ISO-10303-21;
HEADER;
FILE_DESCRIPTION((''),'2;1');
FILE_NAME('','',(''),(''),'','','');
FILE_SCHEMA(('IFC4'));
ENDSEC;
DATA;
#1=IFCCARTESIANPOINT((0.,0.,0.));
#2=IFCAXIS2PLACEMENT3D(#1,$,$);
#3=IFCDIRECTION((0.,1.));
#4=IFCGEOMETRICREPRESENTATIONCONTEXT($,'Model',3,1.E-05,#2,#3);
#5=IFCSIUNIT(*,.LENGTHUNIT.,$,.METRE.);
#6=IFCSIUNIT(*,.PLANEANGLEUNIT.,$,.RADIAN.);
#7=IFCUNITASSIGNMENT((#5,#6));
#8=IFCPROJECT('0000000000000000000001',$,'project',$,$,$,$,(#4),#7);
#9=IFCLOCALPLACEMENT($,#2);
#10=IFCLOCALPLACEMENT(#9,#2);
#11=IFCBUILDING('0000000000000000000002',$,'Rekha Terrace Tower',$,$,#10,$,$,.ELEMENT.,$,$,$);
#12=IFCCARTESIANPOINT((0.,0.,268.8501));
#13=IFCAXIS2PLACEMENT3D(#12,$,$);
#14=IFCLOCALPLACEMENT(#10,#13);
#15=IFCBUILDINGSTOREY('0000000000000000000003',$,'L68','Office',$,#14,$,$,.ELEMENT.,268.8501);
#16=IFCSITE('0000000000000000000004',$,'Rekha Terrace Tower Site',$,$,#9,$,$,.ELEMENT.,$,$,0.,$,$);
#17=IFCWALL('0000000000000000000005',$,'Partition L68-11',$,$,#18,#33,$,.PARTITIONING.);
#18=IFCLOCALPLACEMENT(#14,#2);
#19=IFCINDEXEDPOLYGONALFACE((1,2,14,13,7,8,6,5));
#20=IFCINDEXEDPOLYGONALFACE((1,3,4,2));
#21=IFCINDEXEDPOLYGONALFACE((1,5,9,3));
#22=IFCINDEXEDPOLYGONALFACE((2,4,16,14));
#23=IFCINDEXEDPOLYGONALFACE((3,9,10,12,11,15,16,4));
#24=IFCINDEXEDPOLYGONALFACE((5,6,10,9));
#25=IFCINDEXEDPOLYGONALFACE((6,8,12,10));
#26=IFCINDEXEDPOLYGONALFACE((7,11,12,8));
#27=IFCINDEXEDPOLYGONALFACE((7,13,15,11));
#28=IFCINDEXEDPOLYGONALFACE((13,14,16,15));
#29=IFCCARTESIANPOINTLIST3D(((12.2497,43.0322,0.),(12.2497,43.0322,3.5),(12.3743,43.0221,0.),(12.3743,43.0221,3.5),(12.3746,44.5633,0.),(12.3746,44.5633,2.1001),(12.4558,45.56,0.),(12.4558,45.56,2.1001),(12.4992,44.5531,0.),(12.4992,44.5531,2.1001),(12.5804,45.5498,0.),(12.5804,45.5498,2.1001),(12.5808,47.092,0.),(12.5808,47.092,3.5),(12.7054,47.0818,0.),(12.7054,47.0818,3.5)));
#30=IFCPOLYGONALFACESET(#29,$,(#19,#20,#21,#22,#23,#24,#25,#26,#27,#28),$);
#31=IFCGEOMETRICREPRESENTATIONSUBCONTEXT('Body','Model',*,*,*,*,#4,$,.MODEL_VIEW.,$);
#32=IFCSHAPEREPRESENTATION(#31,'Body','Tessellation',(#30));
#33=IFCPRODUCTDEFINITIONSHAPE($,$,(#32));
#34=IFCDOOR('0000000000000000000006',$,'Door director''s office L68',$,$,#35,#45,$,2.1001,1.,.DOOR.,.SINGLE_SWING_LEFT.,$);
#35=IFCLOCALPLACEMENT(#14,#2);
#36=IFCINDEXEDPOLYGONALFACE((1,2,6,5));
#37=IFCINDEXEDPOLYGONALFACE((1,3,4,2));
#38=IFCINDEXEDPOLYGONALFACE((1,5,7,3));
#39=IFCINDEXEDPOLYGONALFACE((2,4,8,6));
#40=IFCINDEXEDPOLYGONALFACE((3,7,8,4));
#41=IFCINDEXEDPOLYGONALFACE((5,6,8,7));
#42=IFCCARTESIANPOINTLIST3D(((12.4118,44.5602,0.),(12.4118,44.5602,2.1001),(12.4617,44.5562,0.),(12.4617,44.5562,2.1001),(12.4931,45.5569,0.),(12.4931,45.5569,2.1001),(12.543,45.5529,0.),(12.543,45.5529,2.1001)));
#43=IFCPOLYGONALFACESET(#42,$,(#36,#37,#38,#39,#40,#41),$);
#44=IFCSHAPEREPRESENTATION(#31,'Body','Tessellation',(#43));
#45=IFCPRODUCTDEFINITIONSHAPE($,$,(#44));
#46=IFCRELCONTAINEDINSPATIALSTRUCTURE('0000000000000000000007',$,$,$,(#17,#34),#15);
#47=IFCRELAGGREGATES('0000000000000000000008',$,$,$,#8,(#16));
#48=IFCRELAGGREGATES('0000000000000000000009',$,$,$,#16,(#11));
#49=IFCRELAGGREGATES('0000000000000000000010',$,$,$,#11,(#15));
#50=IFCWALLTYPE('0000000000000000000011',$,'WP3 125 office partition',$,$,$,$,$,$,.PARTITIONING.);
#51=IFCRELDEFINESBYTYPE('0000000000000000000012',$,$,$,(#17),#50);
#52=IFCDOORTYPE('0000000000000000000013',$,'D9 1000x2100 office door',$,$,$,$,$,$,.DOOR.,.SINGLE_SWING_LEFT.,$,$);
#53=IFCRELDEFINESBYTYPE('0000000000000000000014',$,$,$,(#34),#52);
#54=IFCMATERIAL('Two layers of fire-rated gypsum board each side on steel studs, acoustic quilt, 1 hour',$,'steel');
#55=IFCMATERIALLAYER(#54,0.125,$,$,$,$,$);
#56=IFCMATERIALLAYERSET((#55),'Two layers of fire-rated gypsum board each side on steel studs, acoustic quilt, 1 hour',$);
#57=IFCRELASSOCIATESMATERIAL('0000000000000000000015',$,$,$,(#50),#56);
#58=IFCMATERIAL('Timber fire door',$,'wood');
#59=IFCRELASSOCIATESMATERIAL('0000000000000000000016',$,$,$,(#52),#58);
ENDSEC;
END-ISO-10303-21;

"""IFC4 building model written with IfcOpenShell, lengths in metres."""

from ifc_helpers import new_model, si_unit, direction, frame, frame_2d, origin, place, context, subcontext, project, spatial, rectangle, extrude, material, layer, layer_set, type_object, element, fill, save


model = new_model("IFC4")

# Units and contexts
model_context = context("Model", 3, precision=1e-05, world=origin(), true_north=direction((0.0, 1.0)))
body_context = subcontext(model_context, "Body", "Model", "MODEL_VIEW")
ifc_project = project(units=[si_unit("LENGTHUNIT", "METRE"), si_unit("PLANEANGLEUNIT", "RADIAN")], contexts=[model_context])

# Site, building, storey
site_placement = place(None, origin())
site = spatial("IfcSite", under=ifc_project, at=site_placement, Name="Rekha Terrace Tower Site", CompositionType="ELEMENT", RefElevation=0.0)
building_placement = place(site_placement, origin())
building = spatial("IfcBuilding", under=site, at=building_placement, Name="Rekha Terrace Tower", CompositionType="ELEMENT")
storey_placement = place(building_placement, frame((0.0, 0.0, 268.8501)))
storey = spatial("IfcBuildingStorey", under=building, at=storey_placement, Name="L68", Description="Office", CompositionType="ELEMENT", Elevation=268.8501)

# Shared definitions
ifc_material_1 = material(Name="Two layers of fire-rated gypsum board each side on steel studs, acoustic quilt, 1 hour", Category="steel")
ifc_layer_1 = layer(ifc_material_1, 0.125)
ifc_layer_set_1 = layer_set([ifc_layer_1], Name="Two layers of fire-rated gypsum board each side on steel studs, acoustic quilt, 1 hour")
wall_type = type_object("IfcWallType", Name="WP3 125 office partition", PredefinedType="PARTITIONING", material=ifc_layer_set_1)

# Wall, opening, door
wall_1_placement = place(storey_placement, frame((12.6431, 47.0869, 0.0), z_axis=(0.0, 0.0, 1.0), x_axis=(-0.081275, -0.996692, 0.0)))
wall_1 = element("IfcWall", 1, at=wall_1_placement, inside=storey, type_object=wall_type, Name="Partition L68-11", PredefinedType="PARTITIONING", context=body_context, shape_type="SweptSolid", body=[
    extrude(rectangle(XDim=4.0732, YDim=0.125, at=frame_2d((2.0366, 0.0))), origin(), (0.0, 0.0, 1.0), 3.5),
])
opening_placement = place(wall_1_placement, frame((1.5371, 0.0, 0.0)))
opening = element("IfcOpeningElement", 2, at=opening_placement, cuts=wall_1, PredefinedType="OPENING", context=body_context, shape_type="SweptSolid", body=[
    extrude(rectangle(XDim=1.0, YDim=2.1001, at=frame_2d((0.5, 1.05))), frame((0.0, 0.0725, 0.0), z_axis=(0.0, -1.0, 0.0), x_axis=(1.0, 0.0, 0.0)), (0.0, 0.0, 1.0), 0.145),
])
ifc_material_2 = material(Name="Timber fire door", Category="wood")
door_type = type_object("IfcDoorType", Name="D9 1000x2100 office door", OperationType="SINGLE_SWING_LEFT", PredefinedType="DOOR", material=ifc_material_2)
door_placement = place(opening_placement, origin())
door = element("IfcDoor", 3, at=door_placement, inside=storey, type_object=door_type, Name="Door director's office L68", OperationType="SINGLE_SWING_LEFT", OverallHeight=2.1001, OverallWidth=1.0, PredefinedType="DOOR", context=body_context, shape_type="SweptSolid", body=[
    extrude(rectangle(XDim=1.0, YDim=2.1001, at=frame_2d((0.5, 1.05))), frame((0.0, 0.0249, 0.0), z_axis=(0.0, -1.0, 0.0), x_axis=(1.0, 0.0, 0.0)), (0.0, 0.0, 1.0), 0.05),
])
fill(opening, door)

save(model, "model.ifc")
